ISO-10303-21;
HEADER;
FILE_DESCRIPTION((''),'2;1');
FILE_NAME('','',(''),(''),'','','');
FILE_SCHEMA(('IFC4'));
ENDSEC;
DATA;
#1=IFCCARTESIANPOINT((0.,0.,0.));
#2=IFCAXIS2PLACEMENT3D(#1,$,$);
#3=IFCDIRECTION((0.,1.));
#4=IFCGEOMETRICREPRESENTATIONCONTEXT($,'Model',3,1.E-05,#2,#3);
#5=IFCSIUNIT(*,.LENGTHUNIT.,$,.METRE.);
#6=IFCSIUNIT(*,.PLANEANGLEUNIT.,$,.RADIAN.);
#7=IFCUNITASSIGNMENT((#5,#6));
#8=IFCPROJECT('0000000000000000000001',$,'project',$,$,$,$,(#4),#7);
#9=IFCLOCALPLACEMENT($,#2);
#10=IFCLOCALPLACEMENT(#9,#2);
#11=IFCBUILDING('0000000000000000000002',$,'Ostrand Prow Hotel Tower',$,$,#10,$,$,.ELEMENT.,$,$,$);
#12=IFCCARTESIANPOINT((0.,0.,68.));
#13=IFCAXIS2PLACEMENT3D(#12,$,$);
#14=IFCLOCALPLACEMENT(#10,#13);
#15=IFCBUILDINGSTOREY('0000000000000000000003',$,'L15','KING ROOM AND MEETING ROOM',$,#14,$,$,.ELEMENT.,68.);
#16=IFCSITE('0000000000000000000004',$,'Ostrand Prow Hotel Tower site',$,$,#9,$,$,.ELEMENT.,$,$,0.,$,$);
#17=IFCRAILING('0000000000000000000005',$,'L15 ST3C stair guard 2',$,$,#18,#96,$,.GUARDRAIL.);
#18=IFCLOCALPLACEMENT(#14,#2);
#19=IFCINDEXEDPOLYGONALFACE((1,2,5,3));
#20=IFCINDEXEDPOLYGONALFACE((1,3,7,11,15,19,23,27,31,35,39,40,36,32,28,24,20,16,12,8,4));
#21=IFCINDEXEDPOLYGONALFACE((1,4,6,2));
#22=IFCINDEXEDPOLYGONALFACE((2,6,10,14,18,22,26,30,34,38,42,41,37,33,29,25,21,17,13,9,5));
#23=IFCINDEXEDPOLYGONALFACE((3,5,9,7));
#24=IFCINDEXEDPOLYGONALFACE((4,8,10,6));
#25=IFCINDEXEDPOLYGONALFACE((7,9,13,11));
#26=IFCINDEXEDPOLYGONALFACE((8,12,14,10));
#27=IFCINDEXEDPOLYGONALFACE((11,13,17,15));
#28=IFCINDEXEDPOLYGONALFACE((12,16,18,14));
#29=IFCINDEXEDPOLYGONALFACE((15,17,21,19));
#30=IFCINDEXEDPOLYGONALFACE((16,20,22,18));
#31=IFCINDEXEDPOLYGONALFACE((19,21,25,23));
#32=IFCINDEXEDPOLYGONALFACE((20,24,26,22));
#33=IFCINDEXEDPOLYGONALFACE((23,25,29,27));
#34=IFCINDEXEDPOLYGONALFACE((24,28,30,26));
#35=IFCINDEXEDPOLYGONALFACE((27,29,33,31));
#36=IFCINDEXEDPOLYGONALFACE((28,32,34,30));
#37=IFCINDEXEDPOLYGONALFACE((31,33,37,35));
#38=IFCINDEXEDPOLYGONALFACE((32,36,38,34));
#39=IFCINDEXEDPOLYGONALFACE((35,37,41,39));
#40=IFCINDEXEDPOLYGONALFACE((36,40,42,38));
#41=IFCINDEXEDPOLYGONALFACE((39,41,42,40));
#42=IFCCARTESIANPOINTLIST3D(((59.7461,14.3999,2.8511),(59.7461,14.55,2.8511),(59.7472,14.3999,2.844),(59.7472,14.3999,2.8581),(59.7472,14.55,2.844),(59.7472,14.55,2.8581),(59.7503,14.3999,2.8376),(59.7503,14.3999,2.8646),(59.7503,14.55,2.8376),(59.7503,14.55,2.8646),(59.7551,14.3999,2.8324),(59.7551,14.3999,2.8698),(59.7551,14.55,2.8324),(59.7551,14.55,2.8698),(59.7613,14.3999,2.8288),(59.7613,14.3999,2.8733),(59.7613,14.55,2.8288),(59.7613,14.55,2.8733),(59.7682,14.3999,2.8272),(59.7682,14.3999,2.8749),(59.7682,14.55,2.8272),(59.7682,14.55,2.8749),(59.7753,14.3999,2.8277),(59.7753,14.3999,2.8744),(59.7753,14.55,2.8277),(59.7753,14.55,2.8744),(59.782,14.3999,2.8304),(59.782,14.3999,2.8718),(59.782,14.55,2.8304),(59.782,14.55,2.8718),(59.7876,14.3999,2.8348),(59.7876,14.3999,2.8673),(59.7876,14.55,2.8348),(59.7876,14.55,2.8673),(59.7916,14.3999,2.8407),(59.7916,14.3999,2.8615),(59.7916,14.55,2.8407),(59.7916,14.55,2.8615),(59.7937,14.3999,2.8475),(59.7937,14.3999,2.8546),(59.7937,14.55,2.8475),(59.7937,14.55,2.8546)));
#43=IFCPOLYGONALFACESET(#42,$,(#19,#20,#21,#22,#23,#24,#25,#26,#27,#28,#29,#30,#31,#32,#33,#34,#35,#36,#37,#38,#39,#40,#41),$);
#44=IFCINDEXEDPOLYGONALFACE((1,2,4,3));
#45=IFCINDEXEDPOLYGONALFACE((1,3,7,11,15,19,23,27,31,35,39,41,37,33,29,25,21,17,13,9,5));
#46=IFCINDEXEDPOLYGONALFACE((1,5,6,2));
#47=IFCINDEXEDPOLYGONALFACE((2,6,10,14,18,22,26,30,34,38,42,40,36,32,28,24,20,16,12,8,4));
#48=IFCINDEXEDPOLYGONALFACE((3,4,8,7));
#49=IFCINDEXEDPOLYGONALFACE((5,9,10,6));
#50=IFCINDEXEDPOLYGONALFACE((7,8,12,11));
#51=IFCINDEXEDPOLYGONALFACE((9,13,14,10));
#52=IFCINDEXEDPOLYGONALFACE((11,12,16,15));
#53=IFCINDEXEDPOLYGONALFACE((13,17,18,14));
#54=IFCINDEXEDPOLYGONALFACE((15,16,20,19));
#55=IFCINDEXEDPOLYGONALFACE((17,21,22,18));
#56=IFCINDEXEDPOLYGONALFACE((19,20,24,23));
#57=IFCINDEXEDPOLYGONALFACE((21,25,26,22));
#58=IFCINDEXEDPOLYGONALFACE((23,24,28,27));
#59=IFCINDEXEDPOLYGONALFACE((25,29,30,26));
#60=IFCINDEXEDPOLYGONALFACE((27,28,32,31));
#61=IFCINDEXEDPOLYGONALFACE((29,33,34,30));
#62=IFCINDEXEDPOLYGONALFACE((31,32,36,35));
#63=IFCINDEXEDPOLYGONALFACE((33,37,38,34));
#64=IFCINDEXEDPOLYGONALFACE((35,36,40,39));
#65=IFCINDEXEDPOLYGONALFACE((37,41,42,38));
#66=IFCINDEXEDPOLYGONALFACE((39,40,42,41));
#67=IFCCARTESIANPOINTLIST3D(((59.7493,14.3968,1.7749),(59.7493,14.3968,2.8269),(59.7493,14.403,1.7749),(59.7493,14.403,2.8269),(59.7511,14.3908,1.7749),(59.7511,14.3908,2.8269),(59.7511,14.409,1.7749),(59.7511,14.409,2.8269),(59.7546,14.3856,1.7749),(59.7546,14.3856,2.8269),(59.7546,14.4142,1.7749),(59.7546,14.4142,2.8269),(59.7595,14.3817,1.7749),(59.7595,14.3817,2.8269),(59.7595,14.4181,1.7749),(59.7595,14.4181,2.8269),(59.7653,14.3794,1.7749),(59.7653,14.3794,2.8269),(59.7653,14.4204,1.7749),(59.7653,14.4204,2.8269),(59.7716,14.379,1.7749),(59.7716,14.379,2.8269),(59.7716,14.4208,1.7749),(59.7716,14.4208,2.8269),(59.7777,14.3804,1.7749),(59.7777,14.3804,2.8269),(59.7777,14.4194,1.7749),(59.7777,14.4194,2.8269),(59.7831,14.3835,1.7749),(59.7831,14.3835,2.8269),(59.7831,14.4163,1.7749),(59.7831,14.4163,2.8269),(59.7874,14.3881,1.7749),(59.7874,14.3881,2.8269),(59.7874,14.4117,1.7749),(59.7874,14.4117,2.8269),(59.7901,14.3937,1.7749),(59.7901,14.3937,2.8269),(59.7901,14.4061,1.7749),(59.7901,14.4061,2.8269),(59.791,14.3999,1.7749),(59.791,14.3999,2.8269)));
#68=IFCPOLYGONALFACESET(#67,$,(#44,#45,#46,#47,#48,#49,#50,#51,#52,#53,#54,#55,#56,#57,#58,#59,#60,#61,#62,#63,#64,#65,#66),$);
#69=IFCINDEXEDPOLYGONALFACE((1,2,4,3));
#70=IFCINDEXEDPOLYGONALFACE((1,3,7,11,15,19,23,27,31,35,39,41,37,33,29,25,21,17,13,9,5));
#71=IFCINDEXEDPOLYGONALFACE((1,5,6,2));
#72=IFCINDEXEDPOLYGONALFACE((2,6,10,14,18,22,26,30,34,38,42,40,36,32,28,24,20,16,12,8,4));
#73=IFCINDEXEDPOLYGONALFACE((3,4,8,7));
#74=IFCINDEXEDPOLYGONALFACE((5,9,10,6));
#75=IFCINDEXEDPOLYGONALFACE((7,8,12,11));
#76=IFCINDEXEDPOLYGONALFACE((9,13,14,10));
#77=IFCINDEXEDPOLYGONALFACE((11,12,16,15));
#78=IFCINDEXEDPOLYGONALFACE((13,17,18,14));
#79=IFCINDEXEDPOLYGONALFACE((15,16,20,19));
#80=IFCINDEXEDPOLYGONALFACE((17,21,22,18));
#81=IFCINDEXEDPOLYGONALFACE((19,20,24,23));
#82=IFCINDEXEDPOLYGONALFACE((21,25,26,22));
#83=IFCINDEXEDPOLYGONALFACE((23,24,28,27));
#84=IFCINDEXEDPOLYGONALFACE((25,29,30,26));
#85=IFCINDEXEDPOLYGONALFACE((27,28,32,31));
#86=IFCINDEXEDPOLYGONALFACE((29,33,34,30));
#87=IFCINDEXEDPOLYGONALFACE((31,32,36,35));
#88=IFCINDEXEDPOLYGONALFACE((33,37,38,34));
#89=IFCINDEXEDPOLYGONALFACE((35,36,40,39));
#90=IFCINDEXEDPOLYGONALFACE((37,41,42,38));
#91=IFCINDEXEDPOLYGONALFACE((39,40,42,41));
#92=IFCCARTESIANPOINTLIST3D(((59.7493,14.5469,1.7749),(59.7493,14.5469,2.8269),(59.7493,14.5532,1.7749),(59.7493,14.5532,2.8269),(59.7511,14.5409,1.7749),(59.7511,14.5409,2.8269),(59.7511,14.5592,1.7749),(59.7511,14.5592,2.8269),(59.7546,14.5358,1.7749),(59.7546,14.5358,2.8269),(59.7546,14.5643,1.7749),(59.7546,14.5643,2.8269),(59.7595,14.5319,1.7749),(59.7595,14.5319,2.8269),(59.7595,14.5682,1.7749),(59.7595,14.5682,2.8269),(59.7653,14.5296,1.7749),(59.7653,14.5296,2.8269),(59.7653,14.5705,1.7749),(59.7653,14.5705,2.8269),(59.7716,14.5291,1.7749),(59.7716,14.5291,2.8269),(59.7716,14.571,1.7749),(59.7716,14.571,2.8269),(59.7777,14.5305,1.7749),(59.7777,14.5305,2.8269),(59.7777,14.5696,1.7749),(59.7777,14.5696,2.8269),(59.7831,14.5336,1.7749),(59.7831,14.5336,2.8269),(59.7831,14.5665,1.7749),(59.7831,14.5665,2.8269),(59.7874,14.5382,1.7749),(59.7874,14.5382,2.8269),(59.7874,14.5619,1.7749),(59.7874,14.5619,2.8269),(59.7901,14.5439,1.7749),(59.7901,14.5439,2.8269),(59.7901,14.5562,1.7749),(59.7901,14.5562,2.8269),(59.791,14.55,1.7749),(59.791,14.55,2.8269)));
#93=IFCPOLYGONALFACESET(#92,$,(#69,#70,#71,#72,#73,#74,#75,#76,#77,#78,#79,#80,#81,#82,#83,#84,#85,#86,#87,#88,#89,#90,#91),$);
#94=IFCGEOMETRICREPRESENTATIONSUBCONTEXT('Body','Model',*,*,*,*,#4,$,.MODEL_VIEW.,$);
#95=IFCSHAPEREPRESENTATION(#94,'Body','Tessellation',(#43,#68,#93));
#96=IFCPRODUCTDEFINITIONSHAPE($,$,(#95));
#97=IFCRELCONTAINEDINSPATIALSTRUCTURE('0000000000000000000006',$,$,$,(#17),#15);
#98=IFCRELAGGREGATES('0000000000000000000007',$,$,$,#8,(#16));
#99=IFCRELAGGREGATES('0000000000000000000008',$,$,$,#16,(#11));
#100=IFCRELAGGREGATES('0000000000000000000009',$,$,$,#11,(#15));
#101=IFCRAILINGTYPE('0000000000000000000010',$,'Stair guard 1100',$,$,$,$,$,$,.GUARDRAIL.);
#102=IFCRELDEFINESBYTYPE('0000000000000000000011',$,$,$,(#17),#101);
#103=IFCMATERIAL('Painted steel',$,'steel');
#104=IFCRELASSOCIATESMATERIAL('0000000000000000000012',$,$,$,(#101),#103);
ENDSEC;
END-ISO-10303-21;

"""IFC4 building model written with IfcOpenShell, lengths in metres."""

from ifc_helpers import new_model, si_unit, direction, frame, origin, origin_2d, place, context, subcontext, project, spatial, circle, extrude, material, type_object, element, save


model = new_model("IFC4")

# Units and contexts
model_context = context("Model", 3, precision=1e-05, world=origin(), true_north=direction((0.0, 1.0)))
body_context = subcontext(model_context, "Body", "Model", "MODEL_VIEW")
ifc_project = project(units=[si_unit("LENGTHUNIT", "METRE"), si_unit("PLANEANGLEUNIT", "RADIAN")], contexts=[model_context])

# Site, building, storey
site_placement = place(None, origin())
site = spatial("IfcSite", under=ifc_project, at=site_placement, Name="Ostrand Prow Hotel Tower site", CompositionType="ELEMENT", RefElevation=0.0)
building_placement = place(site_placement, origin())
building = spatial("IfcBuilding", under=site, at=building_placement, Name="Ostrand Prow Hotel Tower", CompositionType="ELEMENT")
storey_placement = place(building_placement, frame((0.0, 0.0, 68.0)))
storey = spatial("IfcBuildingStorey", under=building, at=storey_placement, Name="L15", Description="KING ROOM AND MEETING ROOM", CompositionType="ELEMENT", Elevation=68.0)

# Railing
ifc_material_1 = material(Name="Painted steel", Category="steel")
railing_type_1 = type_object("IfcRailingType", Name="Stair guard 1100", PredefinedType="GUARDRAIL", material=ifc_material_1)
railing_1_placement = place(storey_placement, frame((59.77, 14.3999, 1.7749)))
element("IfcRailing", 1, at=railing_1_placement, inside=storey, type_object=railing_type_1, Name="L15 ST3C stair guard 2", PredefinedType="GUARDRAIL", context=body_context, shape_type="SweptSolid", body=[
    extrude(circle(Radius=0.0239, at=origin_2d()), frame((0.0, 0.0, 1.0762), z_axis=(0.0, 1.0, 0.0), x_axis=(-1.0, 0.0, 0.0)), (0.0, 0.0, 1.0), 0.1501),
    extrude(circle(Radius=0.021, at=origin_2d()), origin(), (0.0, 0.0, 1.0), 1.052),
    extrude(circle(Radius=0.021, at=origin_2d()), frame((0.0, 0.1501, 0.0)), (0.0, 0.0, 1.0), 1.052),
])

save(model, "model.ifc")
